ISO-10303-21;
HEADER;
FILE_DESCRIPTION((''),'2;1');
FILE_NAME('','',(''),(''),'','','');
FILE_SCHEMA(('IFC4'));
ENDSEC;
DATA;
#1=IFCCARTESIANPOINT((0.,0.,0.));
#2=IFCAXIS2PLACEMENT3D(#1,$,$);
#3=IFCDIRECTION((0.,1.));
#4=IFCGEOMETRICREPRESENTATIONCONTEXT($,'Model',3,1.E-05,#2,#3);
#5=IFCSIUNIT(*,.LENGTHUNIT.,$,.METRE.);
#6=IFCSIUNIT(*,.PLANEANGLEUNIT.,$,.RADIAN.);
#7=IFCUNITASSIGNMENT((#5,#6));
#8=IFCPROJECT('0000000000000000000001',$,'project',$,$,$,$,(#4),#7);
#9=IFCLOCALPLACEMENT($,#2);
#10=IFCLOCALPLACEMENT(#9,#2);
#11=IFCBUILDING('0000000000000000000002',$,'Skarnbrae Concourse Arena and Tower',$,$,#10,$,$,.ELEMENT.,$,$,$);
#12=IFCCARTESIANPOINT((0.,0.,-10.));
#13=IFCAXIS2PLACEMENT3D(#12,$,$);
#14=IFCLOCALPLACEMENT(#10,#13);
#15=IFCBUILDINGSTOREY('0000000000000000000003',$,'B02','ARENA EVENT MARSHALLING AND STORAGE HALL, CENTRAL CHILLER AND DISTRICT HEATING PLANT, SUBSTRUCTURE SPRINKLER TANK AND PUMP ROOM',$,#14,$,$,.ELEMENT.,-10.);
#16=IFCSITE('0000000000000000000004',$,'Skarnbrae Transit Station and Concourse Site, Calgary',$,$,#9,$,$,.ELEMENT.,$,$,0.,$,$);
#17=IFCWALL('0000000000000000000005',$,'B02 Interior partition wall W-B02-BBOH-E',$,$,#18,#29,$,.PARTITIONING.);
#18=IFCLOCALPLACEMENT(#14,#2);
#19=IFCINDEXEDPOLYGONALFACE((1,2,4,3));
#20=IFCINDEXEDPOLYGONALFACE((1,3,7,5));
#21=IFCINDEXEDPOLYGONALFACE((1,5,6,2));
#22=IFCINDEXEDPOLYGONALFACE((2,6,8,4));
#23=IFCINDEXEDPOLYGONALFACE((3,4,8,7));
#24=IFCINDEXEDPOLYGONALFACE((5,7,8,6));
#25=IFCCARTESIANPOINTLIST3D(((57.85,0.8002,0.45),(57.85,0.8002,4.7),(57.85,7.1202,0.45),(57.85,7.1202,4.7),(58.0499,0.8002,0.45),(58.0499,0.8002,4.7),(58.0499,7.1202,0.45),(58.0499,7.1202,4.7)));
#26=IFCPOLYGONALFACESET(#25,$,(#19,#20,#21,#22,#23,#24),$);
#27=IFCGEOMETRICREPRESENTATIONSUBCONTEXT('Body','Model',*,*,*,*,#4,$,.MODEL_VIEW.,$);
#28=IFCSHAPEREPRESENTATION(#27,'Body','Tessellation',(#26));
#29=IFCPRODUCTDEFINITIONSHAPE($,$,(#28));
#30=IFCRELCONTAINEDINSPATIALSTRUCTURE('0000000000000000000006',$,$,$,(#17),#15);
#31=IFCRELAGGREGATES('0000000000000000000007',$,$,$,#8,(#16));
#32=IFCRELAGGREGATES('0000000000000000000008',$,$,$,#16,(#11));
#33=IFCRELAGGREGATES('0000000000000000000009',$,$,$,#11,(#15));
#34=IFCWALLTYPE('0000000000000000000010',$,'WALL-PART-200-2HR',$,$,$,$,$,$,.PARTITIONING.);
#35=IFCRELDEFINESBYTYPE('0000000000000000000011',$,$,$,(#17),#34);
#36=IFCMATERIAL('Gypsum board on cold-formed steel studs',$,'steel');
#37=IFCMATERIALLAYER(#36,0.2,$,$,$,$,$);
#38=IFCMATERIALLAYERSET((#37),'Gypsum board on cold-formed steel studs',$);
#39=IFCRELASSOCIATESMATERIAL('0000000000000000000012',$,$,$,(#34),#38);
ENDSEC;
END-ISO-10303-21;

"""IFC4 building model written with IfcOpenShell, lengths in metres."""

from ifc_helpers import new_model, si_unit, direction, frame, frame_2d, origin, place, context, subcontext, project, spatial, rectangle, extrude, source, transform, mapped, material, layer, layer_set, type_object, element, save


model = new_model("IFC4")

# Units and contexts
model_context = context("Model", 3, precision=1e-05, world=origin(), true_north=direction((0.0, 1.0)))
body_context = subcontext(model_context, "Body", "Model", "MODEL_VIEW")
ifc_project = project(units=[si_unit("LENGTHUNIT", "METRE"), si_unit("PLANEANGLEUNIT", "RADIAN")], contexts=[model_context])

# Site, building, storey
site_placement = place(None, origin())
site = spatial("IfcSite", under=ifc_project, at=site_placement, Name="Skarnbrae Transit Station and Concourse Site, Calgary", CompositionType="ELEMENT", RefElevation=0.0)
building_placement = place(site_placement, origin())
building = spatial("IfcBuilding", under=site, at=building_placement, Name="Skarnbrae Concourse Arena and Tower", CompositionType="ELEMENT")
storey_placement = place(building_placement, frame((0.0, 0.0, -10.0)))
storey = spatial("IfcBuildingStorey", under=building, at=storey_placement, Name="B02", Description="ARENA EVENT MARSHALLING AND STORAGE HALL, CENTRAL CHILLER AND DISTRICT HEATING PLANT, SUBSTRUCTURE SPRINKLER TANK AND PUMP ROOM", CompositionType="ELEMENT", Elevation=-10.0)

# Wall
ifc_material_1 = material(Name="Gypsum board on cold-formed steel studs", Category="steel")
ifc_layer_1 = layer(ifc_material_1, 0.2)
ifc_layer_set_1 = layer_set([ifc_layer_1], Name="Gypsum board on cold-formed steel studs")
wall_type_1 = type_object("IfcWallType", Name="WALL-PART-200-2HR", PredefinedType="PARTITIONING", material=ifc_layer_set_1)
shared_shape_1 = source(origin(), body_context, "Body", "SweptSolid", [
    extrude(rectangle(XDim=6.3201, YDim=0.2, at=frame_2d((3.1602, 0.0))), origin(), (0.0, 0.0, 1.0), 4.25),
])
wall_1_placement = place(storey_placement, frame((57.95, 0.8, 0.45), z_axis=(0.0, 0.0, 1.0), x_axis=(0.0, 1.0, 0.0)))
element("IfcWall", 1, at=wall_1_placement, inside=storey, type_object=wall_type_1, Name="B02 Interior partition wall W-B02-BBOH-E", PredefinedType="PARTITIONING", context=body_context, shape_type="MappedRepresentation", body=[
    mapped(shared_shape_1, transform((0.0, 0.0, 0.0))),
])

save(model, "model.ifc")
